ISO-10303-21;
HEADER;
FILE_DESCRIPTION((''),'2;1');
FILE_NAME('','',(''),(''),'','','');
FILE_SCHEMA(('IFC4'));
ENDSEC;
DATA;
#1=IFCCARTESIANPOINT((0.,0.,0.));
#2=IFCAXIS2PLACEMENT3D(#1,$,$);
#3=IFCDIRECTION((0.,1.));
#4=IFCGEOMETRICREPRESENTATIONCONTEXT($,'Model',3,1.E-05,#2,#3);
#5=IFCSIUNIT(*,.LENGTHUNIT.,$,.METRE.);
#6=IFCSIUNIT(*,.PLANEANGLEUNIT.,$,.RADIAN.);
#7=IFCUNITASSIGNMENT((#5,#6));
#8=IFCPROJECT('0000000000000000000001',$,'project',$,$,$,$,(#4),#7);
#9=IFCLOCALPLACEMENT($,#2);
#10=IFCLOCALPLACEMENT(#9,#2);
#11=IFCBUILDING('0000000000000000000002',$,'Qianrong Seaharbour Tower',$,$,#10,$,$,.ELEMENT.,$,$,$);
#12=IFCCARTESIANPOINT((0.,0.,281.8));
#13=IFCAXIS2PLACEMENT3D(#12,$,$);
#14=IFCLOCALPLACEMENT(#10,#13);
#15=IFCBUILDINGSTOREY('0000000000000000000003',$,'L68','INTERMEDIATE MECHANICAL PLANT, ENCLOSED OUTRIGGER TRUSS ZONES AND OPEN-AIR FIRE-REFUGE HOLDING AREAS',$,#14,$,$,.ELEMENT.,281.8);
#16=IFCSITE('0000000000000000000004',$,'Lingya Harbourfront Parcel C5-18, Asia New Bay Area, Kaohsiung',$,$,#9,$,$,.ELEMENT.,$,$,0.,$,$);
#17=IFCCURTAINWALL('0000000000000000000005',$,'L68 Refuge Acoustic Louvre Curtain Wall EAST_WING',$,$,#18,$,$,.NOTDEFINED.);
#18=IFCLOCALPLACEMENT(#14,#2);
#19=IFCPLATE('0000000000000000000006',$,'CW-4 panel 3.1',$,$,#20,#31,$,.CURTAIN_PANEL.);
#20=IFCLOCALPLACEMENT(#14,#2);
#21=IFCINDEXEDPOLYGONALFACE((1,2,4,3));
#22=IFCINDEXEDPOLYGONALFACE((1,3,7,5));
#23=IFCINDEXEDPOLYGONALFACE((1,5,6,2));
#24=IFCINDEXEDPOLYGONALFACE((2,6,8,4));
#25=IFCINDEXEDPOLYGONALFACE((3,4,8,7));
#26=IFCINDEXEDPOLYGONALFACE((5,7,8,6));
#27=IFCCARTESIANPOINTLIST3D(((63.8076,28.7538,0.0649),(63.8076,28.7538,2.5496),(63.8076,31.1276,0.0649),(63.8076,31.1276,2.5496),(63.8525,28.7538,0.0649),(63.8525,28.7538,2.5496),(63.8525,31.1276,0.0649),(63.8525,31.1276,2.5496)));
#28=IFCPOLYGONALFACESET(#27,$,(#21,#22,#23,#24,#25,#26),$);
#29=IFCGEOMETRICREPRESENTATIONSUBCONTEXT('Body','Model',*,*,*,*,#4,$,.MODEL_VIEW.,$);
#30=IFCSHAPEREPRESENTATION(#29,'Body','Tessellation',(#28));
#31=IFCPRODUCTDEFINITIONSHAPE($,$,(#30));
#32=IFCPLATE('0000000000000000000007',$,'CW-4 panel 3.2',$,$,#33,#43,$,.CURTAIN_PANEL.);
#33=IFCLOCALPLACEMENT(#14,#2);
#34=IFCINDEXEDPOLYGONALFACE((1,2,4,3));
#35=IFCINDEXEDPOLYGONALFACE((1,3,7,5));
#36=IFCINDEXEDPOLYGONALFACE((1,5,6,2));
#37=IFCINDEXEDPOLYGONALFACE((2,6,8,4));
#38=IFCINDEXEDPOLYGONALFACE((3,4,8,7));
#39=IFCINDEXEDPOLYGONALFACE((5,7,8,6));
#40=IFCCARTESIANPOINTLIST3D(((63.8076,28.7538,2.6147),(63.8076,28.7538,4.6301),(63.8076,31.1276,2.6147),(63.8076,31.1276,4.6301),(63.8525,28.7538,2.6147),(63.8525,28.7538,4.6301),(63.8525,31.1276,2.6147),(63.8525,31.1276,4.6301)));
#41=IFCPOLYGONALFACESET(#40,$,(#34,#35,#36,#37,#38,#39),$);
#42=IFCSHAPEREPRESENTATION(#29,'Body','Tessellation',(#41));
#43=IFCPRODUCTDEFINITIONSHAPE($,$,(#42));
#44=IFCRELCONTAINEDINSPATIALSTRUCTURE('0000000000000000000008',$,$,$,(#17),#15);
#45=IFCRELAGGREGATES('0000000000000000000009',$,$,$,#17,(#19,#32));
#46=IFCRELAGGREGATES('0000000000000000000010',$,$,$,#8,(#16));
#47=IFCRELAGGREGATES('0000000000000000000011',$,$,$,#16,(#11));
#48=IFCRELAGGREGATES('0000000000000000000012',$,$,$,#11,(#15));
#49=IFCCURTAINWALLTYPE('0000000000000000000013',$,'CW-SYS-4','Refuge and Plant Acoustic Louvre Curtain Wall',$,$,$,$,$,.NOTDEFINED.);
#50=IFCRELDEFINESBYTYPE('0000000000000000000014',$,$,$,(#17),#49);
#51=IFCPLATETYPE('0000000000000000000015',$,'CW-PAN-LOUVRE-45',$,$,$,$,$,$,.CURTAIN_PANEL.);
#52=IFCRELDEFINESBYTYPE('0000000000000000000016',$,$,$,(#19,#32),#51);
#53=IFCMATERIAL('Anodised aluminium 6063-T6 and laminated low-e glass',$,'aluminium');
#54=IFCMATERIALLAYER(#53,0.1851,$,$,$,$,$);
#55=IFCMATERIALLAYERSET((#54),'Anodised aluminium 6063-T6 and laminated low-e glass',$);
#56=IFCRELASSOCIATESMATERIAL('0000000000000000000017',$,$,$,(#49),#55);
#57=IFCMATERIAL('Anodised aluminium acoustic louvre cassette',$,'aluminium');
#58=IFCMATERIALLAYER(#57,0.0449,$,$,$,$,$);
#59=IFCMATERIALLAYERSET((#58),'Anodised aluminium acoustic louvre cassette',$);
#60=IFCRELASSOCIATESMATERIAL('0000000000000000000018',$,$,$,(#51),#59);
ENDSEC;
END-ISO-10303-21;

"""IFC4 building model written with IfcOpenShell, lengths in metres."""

from ifc_helpers import new_model, si_unit, direction, frame, origin, origin_2d, place, context, subcontext, project, spatial, rectangle, extrude, material, layer, layer_set, type_object, element, aggregate, save


model = new_model("IFC4")

# Units and contexts
model_context = context("Model", 3, precision=1e-05, world=origin(), true_north=direction((0.0, 1.0)))
body_context = subcontext(model_context, "Body", "Model", "MODEL_VIEW")
ifc_project = project(units=[si_unit("LENGTHUNIT", "METRE"), si_unit("PLANEANGLEUNIT", "RADIAN")], contexts=[model_context])

# Site, building, storey
site_placement = place(None, origin())
site = spatial("IfcSite", under=ifc_project, at=site_placement, Name="Lingya Harbourfront Parcel C5-18, Asia New Bay Area, Kaohsiung", CompositionType="ELEMENT", RefElevation=0.0)
building_placement = place(site_placement, origin())
building = spatial("IfcBuilding", under=site, at=building_placement, Name="Qianrong Seaharbour Tower", CompositionType="ELEMENT")
storey_placement = place(building_placement, frame((0.0, 0.0, 281.8)))
storey = spatial("IfcBuildingStorey", under=building, at=storey_placement, Name="L68", Description="INTERMEDIATE MECHANICAL PLANT, ENCLOSED OUTRIGGER TRUSS ZONES AND OPEN-AIR FIRE-REFUGE HOLDING AREAS", CompositionType="ELEMENT", Elevation=281.8)

# Curtain wall, plates
ifc_material_1 = material(Name="Anodised aluminium 6063-T6 and laminated low-e glass", Category="aluminium")
ifc_layer_1 = layer(ifc_material_1, 0.1851)
ifc_layer_set_1 = layer_set([ifc_layer_1], Name="Anodised aluminium 6063-T6 and laminated low-e glass")
curtain_wall_type = type_object("IfcCurtainWallType", Name="CW-SYS-4", Description="Refuge and Plant Acoustic Louvre Curtain Wall", PredefinedType="NOTDEFINED", material=ifc_layer_set_1)
curtain_wall_placement = place(storey_placement, origin())
curtain_wall = element("IfcCurtainWall", 1, at=curtain_wall_placement, inside=storey, type_object=curtain_wall_type, Name="L68 Refuge Acoustic Louvre Curtain Wall EAST_WING", PredefinedType="NOTDEFINED")
ifc_material_2 = material(Name="Anodised aluminium acoustic louvre cassette", Category="aluminium")
ifc_layer_2 = layer(ifc_material_2, 0.0449)
ifc_layer_set_2 = layer_set([ifc_layer_2], Name="Anodised aluminium acoustic louvre cassette")
plate_type = type_object("IfcPlateType", Name="CW-PAN-LOUVRE-45", PredefinedType="CURTAIN_PANEL", material=ifc_layer_set_2)
plate_1_placement = place(storey_placement, frame((63.8301, 29.9407, 0.0649), z_axis=(0.0, 0.0, 1.0), x_axis=(0.0, -1.0, 0.0)))
plate_1 = element("IfcPlate", 2, at=plate_1_placement, type_object=plate_type, Name="CW-4 panel 3.1", PredefinedType="CURTAIN_PANEL", context=body_context, shape_type="SweptSolid", body=[
    extrude(rectangle(XDim=2.3738, YDim=0.0449, at=origin_2d()), origin(), (0.0, 0.0, 1.0), 2.4846),
])
plate_2_placement = place(storey_placement, frame((63.8301, 29.9407, 2.6147), z_axis=(0.0, 0.0, 1.0), x_axis=(0.0, -1.0, 0.0)))
plate_2 = element("IfcPlate", 3, at=plate_2_placement, type_object=plate_type, Name="CW-4 panel 3.2", PredefinedType="CURTAIN_PANEL", context=body_context, shape_type="SweptSolid", body=[
    extrude(rectangle(XDim=2.3738, YDim=0.0449, at=origin_2d()), origin(), (0.0, 0.0, 1.0), 2.0154),
])
aggregate(curtain_wall, [plate_1, plate_2])

save(model, "model.ifc")
